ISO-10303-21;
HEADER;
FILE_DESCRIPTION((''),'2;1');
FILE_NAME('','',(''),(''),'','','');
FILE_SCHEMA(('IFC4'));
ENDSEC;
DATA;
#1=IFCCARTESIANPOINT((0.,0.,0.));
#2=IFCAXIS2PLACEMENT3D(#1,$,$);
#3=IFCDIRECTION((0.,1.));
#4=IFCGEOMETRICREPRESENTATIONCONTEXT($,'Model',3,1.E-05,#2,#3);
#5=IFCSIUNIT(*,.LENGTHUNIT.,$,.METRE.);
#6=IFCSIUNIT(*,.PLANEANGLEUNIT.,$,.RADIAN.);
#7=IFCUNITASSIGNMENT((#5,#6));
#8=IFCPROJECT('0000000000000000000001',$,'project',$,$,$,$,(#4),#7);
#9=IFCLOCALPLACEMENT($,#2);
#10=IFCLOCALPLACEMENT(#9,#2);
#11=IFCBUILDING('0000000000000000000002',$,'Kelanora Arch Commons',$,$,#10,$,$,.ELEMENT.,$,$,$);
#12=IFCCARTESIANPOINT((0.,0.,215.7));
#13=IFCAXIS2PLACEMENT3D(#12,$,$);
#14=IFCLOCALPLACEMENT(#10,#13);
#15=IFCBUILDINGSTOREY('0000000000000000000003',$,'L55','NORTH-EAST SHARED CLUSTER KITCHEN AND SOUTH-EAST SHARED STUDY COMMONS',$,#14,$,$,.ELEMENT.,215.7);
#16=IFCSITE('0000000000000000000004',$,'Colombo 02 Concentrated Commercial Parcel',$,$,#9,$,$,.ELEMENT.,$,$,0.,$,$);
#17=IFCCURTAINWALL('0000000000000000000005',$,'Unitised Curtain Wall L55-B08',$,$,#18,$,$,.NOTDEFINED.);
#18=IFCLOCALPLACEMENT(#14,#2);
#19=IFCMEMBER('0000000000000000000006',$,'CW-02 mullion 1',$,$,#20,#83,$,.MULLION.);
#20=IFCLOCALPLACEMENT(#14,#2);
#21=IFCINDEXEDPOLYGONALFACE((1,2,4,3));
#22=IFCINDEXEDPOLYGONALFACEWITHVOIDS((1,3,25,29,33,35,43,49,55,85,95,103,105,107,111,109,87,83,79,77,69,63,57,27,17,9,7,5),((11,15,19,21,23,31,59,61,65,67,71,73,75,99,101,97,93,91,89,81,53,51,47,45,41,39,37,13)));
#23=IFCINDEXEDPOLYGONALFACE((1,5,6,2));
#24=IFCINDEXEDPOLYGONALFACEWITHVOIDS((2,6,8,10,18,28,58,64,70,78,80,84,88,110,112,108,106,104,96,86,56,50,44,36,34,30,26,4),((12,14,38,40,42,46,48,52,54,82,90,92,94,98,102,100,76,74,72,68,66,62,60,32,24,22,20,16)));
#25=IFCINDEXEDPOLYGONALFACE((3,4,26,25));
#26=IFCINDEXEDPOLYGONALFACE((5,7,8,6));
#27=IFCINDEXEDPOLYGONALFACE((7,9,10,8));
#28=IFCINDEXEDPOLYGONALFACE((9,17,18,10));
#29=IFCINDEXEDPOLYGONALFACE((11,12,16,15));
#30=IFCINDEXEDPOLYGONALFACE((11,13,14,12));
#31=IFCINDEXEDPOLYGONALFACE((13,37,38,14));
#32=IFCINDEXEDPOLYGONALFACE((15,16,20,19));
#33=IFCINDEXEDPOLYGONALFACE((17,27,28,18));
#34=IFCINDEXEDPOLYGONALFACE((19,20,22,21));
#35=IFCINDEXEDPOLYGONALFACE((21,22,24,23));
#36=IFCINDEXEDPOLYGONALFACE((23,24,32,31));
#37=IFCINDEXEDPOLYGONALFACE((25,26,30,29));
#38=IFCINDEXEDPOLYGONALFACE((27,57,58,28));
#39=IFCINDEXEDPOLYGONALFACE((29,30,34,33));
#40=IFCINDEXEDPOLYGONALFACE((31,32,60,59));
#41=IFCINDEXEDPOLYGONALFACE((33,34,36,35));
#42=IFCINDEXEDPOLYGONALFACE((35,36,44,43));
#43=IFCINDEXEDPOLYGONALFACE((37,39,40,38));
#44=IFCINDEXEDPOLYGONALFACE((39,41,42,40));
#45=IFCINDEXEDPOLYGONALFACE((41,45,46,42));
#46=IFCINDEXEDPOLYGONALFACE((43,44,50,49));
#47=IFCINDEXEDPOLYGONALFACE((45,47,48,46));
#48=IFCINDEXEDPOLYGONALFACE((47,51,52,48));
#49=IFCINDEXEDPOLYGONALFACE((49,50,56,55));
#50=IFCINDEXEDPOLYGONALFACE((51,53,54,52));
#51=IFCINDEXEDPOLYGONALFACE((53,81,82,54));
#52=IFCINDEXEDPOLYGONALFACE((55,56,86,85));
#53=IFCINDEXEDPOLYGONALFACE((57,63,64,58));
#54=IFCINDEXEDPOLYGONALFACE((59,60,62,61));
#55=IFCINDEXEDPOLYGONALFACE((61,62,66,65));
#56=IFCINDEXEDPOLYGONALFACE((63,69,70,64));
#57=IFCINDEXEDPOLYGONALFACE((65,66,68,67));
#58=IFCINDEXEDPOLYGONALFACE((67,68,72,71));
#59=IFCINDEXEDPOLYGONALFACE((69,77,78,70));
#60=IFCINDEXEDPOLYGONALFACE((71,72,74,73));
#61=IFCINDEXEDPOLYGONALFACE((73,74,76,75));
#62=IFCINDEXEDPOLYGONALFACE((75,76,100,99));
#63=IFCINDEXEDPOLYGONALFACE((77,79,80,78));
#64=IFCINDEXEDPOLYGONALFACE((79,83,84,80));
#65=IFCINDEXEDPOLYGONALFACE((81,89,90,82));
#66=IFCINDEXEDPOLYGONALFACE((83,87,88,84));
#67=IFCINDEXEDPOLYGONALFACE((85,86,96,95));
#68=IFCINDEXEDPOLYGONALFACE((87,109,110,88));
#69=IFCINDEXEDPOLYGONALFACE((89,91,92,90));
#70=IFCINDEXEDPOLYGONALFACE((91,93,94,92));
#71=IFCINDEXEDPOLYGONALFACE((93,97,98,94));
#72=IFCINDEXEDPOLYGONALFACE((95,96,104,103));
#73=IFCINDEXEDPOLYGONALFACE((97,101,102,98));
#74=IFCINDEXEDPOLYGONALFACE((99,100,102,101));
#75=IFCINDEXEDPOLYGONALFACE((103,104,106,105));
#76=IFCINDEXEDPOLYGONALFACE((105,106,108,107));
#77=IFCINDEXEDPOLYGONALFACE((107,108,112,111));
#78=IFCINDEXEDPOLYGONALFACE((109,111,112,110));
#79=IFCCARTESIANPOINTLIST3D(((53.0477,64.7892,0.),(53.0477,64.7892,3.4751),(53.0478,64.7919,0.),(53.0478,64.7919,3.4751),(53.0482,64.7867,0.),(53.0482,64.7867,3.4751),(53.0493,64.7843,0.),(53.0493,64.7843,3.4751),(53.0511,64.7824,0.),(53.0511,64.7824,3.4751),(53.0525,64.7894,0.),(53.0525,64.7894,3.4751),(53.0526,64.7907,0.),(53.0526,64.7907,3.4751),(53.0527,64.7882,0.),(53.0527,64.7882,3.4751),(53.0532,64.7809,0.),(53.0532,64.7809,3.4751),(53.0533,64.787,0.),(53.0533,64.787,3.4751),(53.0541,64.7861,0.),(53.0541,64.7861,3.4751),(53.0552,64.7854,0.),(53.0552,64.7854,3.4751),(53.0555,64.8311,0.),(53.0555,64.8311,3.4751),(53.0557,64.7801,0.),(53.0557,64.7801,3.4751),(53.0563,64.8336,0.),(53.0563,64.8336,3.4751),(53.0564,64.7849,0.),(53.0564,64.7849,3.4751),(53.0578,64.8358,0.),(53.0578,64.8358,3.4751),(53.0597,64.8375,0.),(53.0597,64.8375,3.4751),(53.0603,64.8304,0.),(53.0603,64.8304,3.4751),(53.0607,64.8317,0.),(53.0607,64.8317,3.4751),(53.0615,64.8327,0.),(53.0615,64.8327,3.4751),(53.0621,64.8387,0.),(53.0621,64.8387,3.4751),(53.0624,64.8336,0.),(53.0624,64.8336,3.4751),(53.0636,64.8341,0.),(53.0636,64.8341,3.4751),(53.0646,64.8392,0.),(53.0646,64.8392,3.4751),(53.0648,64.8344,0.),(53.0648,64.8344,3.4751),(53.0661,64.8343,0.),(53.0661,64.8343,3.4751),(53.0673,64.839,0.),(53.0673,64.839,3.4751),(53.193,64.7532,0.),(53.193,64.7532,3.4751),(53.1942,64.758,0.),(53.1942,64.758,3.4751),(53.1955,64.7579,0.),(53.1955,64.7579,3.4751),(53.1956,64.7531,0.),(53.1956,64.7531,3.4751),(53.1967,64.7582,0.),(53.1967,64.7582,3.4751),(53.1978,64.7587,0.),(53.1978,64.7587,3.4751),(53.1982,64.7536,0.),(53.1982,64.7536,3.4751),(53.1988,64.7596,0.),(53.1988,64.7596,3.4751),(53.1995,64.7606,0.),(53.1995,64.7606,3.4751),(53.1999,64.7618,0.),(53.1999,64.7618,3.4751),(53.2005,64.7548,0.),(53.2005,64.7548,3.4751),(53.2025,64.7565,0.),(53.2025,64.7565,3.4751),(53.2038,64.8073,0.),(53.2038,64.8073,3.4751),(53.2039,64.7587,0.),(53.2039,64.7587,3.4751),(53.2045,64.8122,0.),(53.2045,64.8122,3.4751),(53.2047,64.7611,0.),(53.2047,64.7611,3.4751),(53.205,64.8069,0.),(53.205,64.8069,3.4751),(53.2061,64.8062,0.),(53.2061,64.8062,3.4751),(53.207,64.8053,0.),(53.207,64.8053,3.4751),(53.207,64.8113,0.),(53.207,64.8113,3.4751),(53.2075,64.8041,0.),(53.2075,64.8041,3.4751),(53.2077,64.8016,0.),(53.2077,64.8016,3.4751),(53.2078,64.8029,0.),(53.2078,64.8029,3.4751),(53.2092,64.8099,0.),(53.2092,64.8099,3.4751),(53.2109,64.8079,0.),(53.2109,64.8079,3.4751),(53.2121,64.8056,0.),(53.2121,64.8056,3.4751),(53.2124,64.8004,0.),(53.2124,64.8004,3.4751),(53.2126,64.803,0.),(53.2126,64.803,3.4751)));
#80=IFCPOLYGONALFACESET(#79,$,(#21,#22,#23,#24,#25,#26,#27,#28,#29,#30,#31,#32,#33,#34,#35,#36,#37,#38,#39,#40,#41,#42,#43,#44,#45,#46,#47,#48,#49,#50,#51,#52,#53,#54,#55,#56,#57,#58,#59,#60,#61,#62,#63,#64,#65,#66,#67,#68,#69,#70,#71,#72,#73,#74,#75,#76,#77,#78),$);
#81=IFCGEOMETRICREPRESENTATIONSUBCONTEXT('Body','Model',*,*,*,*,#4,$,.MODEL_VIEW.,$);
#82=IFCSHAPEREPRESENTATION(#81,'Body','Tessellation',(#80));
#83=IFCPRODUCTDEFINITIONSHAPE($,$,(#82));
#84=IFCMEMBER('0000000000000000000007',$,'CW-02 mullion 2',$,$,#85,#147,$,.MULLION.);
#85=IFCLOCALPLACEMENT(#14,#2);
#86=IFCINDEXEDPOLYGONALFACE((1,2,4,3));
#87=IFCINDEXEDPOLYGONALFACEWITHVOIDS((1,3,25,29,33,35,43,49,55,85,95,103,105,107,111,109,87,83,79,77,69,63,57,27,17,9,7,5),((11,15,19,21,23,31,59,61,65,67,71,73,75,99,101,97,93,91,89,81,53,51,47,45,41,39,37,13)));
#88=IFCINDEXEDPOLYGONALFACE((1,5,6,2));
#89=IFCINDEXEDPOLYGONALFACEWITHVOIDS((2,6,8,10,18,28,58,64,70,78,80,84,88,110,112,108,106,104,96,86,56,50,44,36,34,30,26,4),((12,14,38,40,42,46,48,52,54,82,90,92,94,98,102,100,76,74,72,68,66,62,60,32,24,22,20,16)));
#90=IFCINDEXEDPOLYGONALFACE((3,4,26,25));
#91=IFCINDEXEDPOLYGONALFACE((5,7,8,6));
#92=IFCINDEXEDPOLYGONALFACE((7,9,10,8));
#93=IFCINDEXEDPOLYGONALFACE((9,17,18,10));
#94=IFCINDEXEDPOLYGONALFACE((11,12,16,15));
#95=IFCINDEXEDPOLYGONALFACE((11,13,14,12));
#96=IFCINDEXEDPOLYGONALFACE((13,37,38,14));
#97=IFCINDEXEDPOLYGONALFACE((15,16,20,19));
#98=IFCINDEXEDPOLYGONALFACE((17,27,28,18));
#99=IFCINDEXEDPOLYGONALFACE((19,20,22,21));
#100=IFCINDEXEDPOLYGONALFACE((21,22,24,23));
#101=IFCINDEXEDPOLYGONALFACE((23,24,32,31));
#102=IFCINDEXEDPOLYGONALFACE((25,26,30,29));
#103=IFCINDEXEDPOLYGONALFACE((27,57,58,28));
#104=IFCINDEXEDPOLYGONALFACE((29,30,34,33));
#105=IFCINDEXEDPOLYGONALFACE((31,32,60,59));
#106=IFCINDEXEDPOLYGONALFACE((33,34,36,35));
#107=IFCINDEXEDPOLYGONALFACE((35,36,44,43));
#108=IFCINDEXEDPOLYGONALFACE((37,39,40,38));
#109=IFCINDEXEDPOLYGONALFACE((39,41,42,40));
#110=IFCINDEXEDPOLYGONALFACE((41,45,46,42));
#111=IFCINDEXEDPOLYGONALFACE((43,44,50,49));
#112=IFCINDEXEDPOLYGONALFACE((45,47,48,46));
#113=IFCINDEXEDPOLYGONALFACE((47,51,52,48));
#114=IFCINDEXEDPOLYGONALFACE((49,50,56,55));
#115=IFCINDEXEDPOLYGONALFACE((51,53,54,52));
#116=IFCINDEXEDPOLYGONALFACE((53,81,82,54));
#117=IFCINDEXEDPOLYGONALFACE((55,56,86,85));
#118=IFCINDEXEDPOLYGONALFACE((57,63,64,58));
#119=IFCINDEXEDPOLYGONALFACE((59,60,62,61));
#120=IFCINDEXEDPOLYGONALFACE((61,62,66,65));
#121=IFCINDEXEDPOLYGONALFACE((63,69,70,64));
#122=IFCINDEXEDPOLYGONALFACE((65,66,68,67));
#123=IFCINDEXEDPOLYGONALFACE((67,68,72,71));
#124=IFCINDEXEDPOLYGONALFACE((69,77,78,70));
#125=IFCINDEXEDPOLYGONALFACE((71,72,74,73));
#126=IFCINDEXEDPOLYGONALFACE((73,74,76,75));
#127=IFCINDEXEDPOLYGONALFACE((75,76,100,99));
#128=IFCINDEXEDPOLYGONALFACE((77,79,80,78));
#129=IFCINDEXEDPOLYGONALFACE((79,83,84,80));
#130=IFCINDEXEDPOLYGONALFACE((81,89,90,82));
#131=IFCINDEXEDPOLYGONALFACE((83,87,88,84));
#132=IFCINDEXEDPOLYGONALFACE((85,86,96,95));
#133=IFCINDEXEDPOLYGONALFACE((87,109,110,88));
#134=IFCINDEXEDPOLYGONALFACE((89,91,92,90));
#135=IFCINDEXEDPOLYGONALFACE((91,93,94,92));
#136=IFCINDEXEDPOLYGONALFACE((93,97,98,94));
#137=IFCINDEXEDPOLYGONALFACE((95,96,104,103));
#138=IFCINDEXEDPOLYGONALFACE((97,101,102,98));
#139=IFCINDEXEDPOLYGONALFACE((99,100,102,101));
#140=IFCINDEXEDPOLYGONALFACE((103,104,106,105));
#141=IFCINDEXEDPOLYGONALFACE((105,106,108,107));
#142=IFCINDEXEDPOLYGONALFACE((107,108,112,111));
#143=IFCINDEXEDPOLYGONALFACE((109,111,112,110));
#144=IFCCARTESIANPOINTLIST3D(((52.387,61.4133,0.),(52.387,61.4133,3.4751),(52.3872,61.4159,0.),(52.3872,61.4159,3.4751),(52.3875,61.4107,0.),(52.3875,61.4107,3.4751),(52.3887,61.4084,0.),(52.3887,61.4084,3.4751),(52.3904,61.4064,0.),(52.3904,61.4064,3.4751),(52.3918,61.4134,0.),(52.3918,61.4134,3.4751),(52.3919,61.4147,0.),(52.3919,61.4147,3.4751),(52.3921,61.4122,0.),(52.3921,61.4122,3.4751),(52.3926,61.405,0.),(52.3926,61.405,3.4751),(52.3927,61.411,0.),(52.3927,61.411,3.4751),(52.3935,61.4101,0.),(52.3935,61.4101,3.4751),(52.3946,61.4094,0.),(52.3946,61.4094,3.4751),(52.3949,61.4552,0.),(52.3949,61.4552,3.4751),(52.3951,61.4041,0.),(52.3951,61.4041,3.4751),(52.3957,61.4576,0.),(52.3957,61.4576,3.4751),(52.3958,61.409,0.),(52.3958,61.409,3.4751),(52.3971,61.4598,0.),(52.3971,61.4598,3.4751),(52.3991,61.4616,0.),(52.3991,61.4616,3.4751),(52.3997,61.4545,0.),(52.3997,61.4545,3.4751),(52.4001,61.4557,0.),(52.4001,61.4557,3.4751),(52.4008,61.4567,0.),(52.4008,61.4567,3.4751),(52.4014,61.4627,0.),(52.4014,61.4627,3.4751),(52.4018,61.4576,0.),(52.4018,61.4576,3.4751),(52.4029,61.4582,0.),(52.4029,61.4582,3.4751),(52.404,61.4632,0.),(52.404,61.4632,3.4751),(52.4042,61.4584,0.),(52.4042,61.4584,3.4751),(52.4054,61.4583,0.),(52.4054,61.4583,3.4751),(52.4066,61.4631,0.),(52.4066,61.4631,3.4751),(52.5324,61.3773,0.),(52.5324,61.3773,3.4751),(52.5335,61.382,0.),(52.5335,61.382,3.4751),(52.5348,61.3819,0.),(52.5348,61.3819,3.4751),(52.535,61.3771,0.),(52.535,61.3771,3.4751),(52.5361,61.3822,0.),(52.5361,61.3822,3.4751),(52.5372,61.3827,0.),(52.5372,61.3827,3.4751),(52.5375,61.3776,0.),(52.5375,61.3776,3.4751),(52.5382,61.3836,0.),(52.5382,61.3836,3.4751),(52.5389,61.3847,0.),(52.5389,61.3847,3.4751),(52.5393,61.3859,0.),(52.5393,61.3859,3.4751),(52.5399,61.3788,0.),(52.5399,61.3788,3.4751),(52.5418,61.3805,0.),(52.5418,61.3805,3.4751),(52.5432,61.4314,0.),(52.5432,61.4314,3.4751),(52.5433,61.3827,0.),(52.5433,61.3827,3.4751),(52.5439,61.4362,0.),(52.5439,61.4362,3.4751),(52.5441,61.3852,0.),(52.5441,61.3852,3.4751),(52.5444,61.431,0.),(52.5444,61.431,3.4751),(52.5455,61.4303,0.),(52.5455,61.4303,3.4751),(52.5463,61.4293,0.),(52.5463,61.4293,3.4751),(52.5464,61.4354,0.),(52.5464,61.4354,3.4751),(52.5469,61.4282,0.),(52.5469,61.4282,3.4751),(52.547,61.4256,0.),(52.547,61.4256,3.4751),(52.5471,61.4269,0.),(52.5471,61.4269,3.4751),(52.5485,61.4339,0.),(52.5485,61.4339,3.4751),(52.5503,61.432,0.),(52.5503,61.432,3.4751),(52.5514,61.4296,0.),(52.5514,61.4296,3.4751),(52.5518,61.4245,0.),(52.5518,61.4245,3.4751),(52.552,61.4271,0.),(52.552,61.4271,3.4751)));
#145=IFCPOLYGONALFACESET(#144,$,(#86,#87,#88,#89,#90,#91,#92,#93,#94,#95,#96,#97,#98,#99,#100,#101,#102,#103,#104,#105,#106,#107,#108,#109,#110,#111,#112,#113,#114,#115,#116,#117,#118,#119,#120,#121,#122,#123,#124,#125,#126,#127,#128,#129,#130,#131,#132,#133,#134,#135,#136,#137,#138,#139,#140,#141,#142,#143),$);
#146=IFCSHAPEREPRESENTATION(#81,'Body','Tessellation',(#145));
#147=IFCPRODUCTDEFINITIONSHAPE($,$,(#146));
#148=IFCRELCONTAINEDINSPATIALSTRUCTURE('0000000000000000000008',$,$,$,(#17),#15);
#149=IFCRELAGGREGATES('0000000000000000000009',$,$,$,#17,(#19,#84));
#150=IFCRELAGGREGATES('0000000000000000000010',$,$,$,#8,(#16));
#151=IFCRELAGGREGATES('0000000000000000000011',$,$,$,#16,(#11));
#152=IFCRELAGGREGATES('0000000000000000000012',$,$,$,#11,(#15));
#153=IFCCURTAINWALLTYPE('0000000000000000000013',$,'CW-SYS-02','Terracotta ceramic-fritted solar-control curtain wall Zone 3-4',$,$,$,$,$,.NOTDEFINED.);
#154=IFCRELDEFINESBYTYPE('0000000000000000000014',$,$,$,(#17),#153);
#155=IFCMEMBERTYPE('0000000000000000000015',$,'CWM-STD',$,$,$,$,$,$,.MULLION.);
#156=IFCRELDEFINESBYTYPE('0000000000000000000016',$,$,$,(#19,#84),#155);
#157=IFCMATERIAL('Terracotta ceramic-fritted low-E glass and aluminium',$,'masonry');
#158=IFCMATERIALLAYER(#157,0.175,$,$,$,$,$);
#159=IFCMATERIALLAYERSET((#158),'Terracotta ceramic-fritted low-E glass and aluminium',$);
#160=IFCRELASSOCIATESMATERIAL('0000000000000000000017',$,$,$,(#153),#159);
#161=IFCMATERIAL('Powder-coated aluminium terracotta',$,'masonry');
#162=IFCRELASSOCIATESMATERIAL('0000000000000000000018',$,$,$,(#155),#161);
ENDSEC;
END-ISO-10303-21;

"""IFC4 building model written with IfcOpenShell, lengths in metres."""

from ifc_helpers import new_model, si_unit, direction, frame, origin, origin_2d, place, context, subcontext, project, spatial, hollow_rectangle, extrude, material, layer, layer_set, material_profile, profile_set, type_object, element, aggregate, save


model = new_model("IFC4")

# Units and contexts
model_context = context("Model", 3, precision=1e-05, world=origin(), true_north=direction((0.0, 1.0)))
body_context = subcontext(model_context, "Body", "Model", "MODEL_VIEW")
ifc_project = project(units=[si_unit("LENGTHUNIT", "METRE"), si_unit("PLANEANGLEUNIT", "RADIAN")], contexts=[model_context])

# Site, building, storey
site_placement = place(None, origin())
site = spatial("IfcSite", under=ifc_project, at=site_placement, Name="Colombo 02 Concentrated Commercial Parcel", CompositionType="ELEMENT", RefElevation=0.0)
building_placement = place(site_placement, origin())
building = spatial("IfcBuilding", under=site, at=building_placement, Name="Kelanora Arch Commons", CompositionType="ELEMENT")
storey_placement = place(building_placement, frame((0.0, 0.0, 215.7)))
storey = spatial("IfcBuildingStorey", under=building, at=storey_placement, Name="L55", Description="NORTH-EAST SHARED CLUSTER KITCHEN AND SOUTH-EAST SHARED STUDY COMMONS", CompositionType="ELEMENT", Elevation=215.7)

# Curtain wall, members
ifc_material_1 = material(Name="Terracotta ceramic-fritted low-E glass and aluminium", Category="masonry")
ifc_layer_1 = layer(ifc_material_1, 0.175)
ifc_layer_set_1 = layer_set([ifc_layer_1], Name="Terracotta ceramic-fritted low-E glass and aluminium")
curtain_wall_type = type_object("IfcCurtainWallType", Name="CW-SYS-02", Description="Terracotta ceramic-fritted solar-control curtain wall Zone 3-4", PredefinedType="NOTDEFINED", material=ifc_layer_set_1)
curtain_wall_placement = place(storey_placement, origin())
curtain_wall = element("IfcCurtainWall", 1, at=curtain_wall_placement, inside=storey, type_object=curtain_wall_type, Name="Unitised Curtain Wall L55-B08", PredefinedType="NOTDEFINED")
ifc_material_2 = material(Name="Powder-coated aluminium terracotta", Category="masonry")
ifc_material_profile_1 = material_profile(ifc_material_2, hollow_rectangle(XDim=0.1599, YDim=0.0601, WallThickness=0.0049, InnerFilletRadius=0.0049, OuterFilletRadius=0.01, at=origin_2d()), Name="CWM160x60")
ifc_profile_set_1 = profile_set([ifc_material_profile_1], Name="Powder-coated aluminium terracotta")
member_type_1 = type_object("IfcMemberType", Name="CWM-STD", PredefinedType="MULLION", material=ifc_profile_set_1)
member_1_placement = place(storey_placement, frame((53.1301, 64.7961, 0.0), z_axis=(0.0, 0.0, 1.0), x_axis=(0.981381, -0.192069, 0.0)))
member_1 = element("IfcMember", 2, at=member_1_placement, type_object=member_type_1, Name="CW-02 mullion 1", PredefinedType="MULLION", context=body_context, shape_type="SweptSolid", body=[
    extrude(hollow_rectangle(XDim=0.1599, YDim=0.0601, WallThickness=0.0049, InnerFilletRadius=0.0049, OuterFilletRadius=0.01, at=origin_2d()), origin(), (0.0, 0.0, 1.0), 3.4751),
])
member_2_placement = place(storey_placement, frame((52.4695, 61.4202, 0.0), z_axis=(0.0, 0.0, 1.0), x_axis=(0.981381, -0.192069, 0.0)))
member_2 = element("IfcMember", 3, at=member_2_placement, type_object=member_type_1, Name="CW-02 mullion 2", PredefinedType="MULLION", context=body_context, shape_type="SweptSolid", body=[
    extrude(hollow_rectangle(XDim=0.1599, YDim=0.0601, WallThickness=0.0049, InnerFilletRadius=0.0049, OuterFilletRadius=0.01, at=origin_2d()), origin(), (0.0, 0.0, 1.0), 3.4751),
])
aggregate(curtain_wall, [member_1, member_2])

save(model, "model.ifc")
